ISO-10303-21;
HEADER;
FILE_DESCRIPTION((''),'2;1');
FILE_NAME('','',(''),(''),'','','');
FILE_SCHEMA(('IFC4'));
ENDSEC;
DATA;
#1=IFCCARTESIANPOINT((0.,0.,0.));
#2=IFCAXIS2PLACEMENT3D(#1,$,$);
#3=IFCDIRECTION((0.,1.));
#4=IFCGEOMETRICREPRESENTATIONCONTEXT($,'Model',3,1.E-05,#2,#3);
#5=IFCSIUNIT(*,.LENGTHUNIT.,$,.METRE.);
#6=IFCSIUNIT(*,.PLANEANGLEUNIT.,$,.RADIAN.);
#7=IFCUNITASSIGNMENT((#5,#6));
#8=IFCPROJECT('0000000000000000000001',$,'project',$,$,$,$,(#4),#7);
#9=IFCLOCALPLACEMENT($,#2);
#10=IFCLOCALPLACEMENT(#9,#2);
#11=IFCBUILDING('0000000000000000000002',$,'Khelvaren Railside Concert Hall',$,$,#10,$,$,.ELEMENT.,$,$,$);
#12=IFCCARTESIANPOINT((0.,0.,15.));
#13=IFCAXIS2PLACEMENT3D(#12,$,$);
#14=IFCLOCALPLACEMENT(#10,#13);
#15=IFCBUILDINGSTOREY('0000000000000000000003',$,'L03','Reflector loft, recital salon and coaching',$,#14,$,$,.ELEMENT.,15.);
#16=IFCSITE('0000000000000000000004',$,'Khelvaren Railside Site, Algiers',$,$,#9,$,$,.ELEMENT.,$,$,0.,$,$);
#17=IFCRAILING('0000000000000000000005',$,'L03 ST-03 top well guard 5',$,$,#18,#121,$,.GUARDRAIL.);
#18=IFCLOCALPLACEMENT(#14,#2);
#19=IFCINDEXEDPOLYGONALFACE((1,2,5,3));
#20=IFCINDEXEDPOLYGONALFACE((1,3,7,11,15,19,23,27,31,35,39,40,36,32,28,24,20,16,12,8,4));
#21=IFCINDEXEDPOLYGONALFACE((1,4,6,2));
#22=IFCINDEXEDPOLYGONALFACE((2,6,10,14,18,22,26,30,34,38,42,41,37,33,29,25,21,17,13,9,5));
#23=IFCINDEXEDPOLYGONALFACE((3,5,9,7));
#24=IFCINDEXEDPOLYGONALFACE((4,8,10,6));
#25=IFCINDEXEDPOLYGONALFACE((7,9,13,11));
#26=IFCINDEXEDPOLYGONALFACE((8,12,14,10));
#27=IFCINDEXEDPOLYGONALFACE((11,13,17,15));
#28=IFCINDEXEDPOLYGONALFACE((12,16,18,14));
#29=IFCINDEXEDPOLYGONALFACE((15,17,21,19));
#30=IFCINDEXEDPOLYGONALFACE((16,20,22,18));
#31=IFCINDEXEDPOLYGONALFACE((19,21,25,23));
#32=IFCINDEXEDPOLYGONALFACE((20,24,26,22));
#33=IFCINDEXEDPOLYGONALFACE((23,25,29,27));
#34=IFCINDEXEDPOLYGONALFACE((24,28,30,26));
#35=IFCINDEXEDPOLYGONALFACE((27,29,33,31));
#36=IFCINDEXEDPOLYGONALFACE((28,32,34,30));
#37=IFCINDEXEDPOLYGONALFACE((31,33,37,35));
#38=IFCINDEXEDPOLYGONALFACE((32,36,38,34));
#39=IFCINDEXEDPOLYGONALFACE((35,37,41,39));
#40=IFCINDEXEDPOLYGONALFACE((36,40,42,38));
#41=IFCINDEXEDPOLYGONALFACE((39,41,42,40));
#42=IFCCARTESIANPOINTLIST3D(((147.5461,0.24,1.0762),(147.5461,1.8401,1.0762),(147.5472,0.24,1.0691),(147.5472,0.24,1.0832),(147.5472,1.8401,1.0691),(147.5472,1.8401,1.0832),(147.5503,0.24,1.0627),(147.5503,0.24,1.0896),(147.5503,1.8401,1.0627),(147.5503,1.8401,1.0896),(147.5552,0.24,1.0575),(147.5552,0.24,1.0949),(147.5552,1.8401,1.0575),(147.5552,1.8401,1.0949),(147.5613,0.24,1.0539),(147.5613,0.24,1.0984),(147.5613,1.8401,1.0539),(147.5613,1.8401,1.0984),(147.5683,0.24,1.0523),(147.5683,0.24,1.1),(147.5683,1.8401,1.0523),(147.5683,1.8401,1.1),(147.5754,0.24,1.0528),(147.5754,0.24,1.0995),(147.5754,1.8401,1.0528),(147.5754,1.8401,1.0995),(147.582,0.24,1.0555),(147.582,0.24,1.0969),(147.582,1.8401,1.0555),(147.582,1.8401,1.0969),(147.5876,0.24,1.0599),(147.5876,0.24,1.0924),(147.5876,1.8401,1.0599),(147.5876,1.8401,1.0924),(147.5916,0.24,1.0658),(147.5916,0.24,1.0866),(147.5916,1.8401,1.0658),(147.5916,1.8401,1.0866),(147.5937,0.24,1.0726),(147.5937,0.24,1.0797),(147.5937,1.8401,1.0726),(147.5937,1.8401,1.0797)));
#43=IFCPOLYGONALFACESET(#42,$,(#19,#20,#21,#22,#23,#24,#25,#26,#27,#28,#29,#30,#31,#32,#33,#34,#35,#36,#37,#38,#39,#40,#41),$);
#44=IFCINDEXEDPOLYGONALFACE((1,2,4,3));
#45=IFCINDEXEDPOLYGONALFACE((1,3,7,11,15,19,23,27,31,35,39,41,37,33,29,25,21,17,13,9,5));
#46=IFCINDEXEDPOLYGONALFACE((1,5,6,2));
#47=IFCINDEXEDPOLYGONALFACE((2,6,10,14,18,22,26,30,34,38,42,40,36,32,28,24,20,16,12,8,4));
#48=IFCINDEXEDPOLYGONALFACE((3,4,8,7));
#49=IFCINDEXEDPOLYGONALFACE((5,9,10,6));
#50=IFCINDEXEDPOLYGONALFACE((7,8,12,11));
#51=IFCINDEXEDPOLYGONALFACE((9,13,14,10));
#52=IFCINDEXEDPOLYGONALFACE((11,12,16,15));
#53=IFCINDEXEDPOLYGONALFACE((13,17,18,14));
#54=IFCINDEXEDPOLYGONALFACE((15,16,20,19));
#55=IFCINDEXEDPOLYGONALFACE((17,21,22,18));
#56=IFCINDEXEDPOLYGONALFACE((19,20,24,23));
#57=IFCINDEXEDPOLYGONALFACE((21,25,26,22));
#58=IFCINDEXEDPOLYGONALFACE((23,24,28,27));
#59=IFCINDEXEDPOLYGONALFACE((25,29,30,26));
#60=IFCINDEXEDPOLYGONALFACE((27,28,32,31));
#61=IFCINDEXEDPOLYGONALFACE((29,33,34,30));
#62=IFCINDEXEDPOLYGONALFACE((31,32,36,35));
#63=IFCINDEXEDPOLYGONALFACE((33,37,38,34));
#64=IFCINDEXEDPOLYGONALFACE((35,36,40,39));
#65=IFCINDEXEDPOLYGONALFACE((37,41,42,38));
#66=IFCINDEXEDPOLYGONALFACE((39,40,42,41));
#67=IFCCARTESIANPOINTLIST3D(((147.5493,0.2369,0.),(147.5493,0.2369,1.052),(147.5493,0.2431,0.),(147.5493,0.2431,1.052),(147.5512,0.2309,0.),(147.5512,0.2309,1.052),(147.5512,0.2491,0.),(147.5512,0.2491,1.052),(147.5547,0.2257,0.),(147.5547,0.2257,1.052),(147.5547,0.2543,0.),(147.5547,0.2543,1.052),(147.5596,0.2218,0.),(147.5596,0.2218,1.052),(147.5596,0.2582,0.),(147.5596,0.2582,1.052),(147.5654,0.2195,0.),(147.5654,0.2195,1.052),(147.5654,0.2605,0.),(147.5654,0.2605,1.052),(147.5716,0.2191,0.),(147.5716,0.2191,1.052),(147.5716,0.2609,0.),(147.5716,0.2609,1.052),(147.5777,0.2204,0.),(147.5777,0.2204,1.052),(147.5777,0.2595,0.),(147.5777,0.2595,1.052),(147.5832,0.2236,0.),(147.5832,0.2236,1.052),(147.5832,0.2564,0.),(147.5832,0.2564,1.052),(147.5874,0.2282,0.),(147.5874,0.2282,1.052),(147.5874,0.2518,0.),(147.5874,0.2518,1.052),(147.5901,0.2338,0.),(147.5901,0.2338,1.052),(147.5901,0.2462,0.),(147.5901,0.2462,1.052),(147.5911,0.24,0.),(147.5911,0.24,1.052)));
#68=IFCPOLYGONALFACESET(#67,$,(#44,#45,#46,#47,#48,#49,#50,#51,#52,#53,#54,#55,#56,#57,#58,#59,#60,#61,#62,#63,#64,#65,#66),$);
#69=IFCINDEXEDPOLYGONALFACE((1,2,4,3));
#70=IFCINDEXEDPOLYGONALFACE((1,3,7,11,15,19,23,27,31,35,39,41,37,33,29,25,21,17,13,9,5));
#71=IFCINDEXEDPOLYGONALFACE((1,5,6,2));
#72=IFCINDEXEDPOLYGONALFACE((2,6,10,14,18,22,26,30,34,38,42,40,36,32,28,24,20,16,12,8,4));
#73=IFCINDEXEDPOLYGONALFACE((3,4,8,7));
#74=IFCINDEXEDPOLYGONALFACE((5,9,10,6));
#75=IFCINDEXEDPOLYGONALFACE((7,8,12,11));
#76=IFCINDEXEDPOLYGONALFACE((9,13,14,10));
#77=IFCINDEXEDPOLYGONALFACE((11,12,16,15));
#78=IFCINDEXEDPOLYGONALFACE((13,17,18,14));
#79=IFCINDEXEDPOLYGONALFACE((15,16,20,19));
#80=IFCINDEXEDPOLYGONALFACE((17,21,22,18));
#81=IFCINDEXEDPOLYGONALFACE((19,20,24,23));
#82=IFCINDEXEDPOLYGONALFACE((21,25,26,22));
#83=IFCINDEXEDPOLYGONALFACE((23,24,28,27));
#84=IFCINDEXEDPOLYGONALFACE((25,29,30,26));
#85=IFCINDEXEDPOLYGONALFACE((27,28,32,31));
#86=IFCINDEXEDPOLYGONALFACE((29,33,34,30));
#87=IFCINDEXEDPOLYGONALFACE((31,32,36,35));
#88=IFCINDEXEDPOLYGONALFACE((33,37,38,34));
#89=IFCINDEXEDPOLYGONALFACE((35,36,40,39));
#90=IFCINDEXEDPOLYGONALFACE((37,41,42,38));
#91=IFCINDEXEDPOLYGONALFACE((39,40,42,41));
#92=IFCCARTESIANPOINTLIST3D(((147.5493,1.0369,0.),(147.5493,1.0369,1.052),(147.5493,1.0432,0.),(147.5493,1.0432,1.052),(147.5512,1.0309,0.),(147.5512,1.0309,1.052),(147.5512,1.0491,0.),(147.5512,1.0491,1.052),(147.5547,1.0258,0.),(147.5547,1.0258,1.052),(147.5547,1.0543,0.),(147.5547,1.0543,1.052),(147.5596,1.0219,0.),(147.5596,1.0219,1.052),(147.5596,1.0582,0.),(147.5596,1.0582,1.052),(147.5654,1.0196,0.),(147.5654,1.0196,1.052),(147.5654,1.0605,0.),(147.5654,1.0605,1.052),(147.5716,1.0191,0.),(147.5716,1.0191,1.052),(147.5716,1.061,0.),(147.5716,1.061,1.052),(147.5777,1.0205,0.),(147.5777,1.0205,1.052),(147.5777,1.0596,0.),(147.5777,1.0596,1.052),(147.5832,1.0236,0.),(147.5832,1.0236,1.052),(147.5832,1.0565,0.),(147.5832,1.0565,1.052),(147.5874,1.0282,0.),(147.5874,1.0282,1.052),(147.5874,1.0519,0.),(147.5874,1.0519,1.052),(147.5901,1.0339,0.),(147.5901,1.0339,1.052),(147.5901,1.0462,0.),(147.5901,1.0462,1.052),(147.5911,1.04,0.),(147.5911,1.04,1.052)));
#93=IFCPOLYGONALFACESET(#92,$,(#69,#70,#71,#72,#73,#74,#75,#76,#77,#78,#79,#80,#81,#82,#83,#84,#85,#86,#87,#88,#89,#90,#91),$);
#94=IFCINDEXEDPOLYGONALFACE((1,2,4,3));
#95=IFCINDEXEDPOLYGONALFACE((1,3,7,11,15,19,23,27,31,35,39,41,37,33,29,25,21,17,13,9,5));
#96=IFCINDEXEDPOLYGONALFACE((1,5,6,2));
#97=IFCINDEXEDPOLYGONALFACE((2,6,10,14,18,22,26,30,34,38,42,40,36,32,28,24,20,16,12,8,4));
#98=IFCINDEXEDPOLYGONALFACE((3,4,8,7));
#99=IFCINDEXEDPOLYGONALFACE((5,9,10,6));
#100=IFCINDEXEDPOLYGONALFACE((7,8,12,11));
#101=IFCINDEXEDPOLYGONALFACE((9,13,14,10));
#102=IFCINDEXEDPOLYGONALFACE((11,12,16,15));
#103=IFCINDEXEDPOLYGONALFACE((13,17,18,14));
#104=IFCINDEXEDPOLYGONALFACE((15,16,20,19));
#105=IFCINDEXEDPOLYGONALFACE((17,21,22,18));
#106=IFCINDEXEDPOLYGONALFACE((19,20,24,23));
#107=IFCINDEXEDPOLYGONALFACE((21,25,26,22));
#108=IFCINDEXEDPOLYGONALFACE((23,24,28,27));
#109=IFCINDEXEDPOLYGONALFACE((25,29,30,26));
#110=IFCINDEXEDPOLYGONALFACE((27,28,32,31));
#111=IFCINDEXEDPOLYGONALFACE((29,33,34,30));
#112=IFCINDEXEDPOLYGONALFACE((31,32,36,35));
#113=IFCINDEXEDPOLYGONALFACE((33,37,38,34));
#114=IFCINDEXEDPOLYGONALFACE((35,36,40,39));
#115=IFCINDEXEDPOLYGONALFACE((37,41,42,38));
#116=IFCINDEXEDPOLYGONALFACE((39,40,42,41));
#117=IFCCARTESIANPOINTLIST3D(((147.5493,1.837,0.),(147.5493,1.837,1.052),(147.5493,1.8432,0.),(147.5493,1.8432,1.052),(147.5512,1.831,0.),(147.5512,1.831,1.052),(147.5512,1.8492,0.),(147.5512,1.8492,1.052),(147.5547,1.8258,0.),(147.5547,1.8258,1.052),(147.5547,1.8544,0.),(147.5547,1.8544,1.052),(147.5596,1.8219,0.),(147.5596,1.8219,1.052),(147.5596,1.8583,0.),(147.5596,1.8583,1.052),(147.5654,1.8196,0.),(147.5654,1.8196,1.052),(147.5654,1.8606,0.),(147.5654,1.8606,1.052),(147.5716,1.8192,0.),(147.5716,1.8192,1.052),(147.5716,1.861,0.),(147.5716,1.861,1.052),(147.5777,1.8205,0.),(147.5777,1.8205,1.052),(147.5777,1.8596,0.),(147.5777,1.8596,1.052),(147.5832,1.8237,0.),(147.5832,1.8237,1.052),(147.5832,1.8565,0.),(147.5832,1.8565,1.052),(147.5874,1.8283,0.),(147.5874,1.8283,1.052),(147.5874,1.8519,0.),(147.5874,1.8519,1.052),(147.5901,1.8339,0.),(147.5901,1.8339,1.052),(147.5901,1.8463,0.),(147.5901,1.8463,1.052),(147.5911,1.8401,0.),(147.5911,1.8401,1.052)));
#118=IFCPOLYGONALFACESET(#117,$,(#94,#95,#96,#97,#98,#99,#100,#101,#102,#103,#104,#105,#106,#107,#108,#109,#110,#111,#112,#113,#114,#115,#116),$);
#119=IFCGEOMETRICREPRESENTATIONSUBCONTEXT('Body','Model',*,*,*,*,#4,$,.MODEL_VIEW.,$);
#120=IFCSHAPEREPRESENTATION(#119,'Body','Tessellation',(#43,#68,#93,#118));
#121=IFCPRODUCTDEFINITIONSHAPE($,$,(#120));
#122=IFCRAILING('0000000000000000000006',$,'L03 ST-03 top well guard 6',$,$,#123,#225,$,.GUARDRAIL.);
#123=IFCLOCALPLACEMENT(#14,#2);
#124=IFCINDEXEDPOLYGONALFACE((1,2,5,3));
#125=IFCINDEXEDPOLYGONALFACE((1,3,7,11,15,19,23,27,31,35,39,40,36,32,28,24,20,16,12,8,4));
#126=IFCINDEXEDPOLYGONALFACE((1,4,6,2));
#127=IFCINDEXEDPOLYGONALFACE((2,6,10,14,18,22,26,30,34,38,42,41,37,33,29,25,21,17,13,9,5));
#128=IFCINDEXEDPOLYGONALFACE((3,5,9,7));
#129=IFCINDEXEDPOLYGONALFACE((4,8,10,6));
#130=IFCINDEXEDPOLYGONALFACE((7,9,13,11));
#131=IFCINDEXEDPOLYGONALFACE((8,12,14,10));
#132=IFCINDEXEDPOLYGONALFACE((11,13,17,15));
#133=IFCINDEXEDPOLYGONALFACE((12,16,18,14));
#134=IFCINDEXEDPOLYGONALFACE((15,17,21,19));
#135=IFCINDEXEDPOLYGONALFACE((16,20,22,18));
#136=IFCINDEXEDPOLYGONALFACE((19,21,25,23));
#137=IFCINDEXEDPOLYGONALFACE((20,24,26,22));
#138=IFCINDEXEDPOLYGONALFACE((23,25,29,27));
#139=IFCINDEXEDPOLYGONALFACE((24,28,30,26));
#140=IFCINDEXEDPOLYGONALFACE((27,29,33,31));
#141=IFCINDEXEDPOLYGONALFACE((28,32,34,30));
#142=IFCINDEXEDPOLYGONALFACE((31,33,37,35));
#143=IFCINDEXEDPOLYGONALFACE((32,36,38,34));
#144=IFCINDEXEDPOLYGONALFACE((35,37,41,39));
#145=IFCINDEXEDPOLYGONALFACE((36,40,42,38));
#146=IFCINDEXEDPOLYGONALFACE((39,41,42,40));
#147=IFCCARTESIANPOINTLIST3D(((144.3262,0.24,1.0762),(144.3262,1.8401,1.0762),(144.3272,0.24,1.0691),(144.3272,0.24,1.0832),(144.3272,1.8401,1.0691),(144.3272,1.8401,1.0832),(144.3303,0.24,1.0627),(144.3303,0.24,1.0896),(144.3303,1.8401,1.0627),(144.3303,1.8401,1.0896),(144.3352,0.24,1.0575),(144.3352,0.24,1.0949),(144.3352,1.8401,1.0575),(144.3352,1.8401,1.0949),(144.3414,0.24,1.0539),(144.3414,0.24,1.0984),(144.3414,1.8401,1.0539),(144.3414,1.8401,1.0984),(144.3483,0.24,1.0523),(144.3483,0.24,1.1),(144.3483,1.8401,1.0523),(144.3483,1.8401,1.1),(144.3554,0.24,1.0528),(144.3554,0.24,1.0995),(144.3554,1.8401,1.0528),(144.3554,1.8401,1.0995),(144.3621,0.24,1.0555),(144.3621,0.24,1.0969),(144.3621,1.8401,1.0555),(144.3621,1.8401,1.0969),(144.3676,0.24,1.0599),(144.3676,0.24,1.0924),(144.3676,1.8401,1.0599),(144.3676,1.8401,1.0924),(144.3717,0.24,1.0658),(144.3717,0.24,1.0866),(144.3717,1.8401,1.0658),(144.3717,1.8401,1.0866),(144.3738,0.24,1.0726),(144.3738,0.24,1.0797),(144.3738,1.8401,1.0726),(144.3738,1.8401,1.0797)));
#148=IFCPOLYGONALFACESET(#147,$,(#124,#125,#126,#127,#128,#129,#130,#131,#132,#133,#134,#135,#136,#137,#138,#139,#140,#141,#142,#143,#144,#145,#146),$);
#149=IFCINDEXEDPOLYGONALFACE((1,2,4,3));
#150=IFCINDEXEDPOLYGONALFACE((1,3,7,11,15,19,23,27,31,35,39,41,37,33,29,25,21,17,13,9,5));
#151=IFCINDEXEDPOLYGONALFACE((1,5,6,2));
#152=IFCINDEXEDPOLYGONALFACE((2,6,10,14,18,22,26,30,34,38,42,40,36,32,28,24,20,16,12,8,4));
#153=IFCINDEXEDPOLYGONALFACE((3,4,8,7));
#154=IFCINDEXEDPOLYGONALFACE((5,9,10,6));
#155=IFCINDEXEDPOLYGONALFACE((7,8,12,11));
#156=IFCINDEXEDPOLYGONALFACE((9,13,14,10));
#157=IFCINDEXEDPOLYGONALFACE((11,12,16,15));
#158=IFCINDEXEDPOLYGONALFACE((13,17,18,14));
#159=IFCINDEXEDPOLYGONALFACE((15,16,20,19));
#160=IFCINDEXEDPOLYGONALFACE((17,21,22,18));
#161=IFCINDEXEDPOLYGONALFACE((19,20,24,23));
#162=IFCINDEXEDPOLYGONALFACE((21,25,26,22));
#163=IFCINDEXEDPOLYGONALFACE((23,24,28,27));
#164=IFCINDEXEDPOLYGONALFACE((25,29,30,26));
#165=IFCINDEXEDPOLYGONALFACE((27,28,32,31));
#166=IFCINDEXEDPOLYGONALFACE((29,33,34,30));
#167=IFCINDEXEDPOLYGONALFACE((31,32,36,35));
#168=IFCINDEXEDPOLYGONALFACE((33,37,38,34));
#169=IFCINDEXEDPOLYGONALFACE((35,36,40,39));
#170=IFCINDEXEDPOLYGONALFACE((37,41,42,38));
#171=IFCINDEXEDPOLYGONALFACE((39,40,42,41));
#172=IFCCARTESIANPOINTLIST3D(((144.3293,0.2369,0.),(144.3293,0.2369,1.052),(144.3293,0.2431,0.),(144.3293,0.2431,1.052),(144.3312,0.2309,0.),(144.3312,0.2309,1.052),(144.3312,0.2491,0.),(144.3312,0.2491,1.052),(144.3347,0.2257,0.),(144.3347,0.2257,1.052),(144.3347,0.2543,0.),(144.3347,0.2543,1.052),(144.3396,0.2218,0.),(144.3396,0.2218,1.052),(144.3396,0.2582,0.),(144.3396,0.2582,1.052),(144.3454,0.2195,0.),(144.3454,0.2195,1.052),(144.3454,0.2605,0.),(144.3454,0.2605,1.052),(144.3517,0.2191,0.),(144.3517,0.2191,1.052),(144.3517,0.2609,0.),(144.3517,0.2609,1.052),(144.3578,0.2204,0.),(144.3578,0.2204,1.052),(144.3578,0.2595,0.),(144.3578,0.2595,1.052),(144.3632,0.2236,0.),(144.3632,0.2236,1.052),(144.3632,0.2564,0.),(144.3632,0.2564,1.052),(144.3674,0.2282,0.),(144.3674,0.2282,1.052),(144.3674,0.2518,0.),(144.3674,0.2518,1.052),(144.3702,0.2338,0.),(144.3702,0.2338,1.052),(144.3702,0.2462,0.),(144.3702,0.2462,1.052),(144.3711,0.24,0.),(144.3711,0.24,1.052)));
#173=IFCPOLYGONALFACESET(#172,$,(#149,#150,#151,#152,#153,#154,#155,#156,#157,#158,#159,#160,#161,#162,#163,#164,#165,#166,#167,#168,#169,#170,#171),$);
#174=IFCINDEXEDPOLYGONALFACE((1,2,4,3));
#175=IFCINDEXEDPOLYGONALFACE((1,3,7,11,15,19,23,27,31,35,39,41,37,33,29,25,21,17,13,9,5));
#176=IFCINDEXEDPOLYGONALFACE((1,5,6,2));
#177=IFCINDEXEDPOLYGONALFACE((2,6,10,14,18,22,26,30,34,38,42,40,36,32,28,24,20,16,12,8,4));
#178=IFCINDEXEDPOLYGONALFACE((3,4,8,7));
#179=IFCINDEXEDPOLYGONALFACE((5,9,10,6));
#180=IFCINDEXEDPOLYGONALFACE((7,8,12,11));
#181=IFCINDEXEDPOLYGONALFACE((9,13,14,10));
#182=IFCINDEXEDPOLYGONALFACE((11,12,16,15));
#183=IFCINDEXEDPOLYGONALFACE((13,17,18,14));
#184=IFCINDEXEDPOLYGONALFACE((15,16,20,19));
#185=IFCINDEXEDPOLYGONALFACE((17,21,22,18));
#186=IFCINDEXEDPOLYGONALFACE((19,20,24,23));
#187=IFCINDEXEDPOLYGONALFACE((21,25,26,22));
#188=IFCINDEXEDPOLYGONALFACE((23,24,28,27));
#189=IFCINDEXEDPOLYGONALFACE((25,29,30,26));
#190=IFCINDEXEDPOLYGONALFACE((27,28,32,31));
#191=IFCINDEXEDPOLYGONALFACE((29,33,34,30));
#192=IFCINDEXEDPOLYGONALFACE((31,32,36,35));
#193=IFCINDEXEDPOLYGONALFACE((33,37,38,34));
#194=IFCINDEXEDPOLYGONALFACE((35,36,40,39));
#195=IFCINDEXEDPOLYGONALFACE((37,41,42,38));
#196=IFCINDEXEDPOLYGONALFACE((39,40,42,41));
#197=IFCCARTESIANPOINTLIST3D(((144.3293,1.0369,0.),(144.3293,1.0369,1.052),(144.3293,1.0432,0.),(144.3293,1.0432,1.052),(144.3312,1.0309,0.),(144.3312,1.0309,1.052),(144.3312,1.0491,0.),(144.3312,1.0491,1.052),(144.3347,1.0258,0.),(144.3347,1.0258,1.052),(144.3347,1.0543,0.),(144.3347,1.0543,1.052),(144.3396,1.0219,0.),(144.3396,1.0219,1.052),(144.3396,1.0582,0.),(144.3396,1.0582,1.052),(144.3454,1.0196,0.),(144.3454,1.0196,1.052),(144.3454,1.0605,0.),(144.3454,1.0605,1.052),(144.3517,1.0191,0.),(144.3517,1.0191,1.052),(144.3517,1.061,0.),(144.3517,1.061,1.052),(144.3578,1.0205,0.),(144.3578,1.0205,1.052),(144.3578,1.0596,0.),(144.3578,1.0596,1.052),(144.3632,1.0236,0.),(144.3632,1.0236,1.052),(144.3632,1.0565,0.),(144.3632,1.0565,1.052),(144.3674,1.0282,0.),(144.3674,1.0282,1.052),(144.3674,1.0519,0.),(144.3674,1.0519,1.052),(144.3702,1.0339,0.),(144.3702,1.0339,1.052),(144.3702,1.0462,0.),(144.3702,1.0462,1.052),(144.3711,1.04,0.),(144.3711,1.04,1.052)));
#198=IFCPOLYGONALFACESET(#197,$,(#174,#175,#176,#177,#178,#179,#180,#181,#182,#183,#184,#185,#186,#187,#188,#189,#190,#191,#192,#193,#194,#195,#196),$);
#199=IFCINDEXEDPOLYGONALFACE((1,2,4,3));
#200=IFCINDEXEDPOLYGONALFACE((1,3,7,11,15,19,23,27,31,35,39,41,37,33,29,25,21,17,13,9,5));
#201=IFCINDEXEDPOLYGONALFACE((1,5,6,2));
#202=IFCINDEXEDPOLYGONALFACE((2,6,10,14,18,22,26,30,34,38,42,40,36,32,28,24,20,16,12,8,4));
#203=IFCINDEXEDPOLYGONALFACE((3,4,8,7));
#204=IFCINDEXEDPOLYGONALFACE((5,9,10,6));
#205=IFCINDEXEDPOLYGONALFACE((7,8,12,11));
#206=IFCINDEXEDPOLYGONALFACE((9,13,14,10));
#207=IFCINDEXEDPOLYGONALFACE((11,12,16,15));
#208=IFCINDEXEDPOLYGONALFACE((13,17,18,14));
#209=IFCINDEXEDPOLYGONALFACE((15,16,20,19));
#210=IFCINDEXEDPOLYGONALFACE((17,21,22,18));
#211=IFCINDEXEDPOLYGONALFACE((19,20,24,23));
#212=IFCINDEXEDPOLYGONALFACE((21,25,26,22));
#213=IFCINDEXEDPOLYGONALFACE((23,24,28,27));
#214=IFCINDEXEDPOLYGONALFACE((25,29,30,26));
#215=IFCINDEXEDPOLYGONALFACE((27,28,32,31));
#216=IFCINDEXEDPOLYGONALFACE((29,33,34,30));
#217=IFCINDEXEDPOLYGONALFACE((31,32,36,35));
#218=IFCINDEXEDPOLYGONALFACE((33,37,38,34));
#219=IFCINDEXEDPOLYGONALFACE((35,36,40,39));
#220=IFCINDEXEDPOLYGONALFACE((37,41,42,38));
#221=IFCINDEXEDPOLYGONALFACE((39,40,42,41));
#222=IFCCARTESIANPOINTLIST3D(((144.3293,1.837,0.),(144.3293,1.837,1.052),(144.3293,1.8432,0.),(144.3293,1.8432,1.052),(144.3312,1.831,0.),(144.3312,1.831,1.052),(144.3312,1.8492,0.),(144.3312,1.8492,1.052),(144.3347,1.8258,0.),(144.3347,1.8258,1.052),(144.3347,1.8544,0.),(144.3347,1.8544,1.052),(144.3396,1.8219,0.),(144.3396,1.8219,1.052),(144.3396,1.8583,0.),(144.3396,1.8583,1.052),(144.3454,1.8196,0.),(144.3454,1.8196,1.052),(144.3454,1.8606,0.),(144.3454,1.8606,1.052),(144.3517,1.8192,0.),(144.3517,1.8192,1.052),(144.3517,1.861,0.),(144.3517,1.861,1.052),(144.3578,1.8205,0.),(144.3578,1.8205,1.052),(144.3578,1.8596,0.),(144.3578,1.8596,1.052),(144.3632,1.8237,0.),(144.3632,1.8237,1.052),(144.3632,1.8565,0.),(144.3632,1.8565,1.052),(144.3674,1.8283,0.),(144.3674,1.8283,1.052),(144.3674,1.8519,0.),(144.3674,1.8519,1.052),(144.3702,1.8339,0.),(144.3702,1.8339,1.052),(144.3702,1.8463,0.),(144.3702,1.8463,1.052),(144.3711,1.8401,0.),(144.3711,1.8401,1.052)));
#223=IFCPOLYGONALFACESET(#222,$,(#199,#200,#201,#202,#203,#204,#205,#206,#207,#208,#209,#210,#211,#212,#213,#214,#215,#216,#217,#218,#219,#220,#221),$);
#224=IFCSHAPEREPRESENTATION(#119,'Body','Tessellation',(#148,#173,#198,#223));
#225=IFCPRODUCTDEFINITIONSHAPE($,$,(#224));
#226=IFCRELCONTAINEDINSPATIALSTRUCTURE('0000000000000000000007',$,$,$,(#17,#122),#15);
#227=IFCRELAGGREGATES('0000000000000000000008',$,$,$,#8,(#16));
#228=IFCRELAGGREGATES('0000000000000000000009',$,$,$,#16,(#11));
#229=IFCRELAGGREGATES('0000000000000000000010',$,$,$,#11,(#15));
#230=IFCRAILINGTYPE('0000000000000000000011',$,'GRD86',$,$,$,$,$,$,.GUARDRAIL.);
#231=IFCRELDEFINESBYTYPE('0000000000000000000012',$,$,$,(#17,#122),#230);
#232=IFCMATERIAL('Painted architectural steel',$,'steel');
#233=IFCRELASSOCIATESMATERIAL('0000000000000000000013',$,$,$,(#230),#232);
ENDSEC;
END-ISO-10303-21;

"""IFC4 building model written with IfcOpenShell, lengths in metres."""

from ifc_helpers import new_model, si_unit, direction, frame, origin, origin_2d, place, context, subcontext, project, spatial, circle, extrude, material, type_object, element, save


model = new_model("IFC4")

# Units and contexts
model_context = context("Model", 3, precision=1e-05, world=origin(), true_north=direction((0.0, 1.0)))
body_context = subcontext(model_context, "Body", "Model", "MODEL_VIEW")
ifc_project = project(units=[si_unit("LENGTHUNIT", "METRE"), si_unit("PLANEANGLEUNIT", "RADIAN")], contexts=[model_context])

# Site, building, storey
site_placement = place(None, origin())
site = spatial("IfcSite", under=ifc_project, at=site_placement, Name="Khelvaren Railside Site, Algiers", CompositionType="ELEMENT", RefElevation=0.0)
building_placement = place(site_placement, origin())
building = spatial("IfcBuilding", under=site, at=building_placement, Name="Khelvaren Railside Concert Hall", CompositionType="ELEMENT")
storey_placement = place(building_placement, frame((0.0, 0.0, 15.0)))
storey = spatial("IfcBuildingStorey", under=building, at=storey_placement, Name="L03", Description="Reflector loft, recital salon and coaching", CompositionType="ELEMENT", Elevation=15.0)

# Railings
ifc_material_1 = material(Name="Painted architectural steel", Category="steel")
railing_type_1 = type_object("IfcRailingType", Name="GRD86", PredefinedType="GUARDRAIL", material=ifc_material_1)
for number, where, name in (
    (1, (147.5701, 0.24, 0.0), "L03 ST-03 top well guard 5"),
    (2, (144.3501, 0.24, 0.0), "L03 ST-03 top well guard 6"),
):
    element("IfcRailing", number, at=place(storey_placement, frame(where)), inside=storey, type_object=railing_type_1, Name=name, PredefinedType="GUARDRAIL", context=body_context, shape_type="SweptSolid", body=[
        extrude(circle(Radius=0.0239, at=origin_2d()), frame((0.0, 0.0, 1.0762), z_axis=(0.0, 1.0, 0.0), x_axis=(-1.0, 0.0, 0.0)), (0.0, 0.0, 1.0), 1.6001),
        extrude(circle(Radius=0.021, at=origin_2d()), origin(), (0.0, 0.0, 1.0), 1.052),
        extrude(circle(Radius=0.021, at=origin_2d()), frame((0.0, 0.8, 0.0)), (0.0, 0.0, 1.0), 1.052),
        extrude(circle(Radius=0.021, at=origin_2d()), frame((0.0, 1.6001, 0.0)), (0.0, 0.0, 1.0), 1.052),
    ])

save(model, "model.ifc")
